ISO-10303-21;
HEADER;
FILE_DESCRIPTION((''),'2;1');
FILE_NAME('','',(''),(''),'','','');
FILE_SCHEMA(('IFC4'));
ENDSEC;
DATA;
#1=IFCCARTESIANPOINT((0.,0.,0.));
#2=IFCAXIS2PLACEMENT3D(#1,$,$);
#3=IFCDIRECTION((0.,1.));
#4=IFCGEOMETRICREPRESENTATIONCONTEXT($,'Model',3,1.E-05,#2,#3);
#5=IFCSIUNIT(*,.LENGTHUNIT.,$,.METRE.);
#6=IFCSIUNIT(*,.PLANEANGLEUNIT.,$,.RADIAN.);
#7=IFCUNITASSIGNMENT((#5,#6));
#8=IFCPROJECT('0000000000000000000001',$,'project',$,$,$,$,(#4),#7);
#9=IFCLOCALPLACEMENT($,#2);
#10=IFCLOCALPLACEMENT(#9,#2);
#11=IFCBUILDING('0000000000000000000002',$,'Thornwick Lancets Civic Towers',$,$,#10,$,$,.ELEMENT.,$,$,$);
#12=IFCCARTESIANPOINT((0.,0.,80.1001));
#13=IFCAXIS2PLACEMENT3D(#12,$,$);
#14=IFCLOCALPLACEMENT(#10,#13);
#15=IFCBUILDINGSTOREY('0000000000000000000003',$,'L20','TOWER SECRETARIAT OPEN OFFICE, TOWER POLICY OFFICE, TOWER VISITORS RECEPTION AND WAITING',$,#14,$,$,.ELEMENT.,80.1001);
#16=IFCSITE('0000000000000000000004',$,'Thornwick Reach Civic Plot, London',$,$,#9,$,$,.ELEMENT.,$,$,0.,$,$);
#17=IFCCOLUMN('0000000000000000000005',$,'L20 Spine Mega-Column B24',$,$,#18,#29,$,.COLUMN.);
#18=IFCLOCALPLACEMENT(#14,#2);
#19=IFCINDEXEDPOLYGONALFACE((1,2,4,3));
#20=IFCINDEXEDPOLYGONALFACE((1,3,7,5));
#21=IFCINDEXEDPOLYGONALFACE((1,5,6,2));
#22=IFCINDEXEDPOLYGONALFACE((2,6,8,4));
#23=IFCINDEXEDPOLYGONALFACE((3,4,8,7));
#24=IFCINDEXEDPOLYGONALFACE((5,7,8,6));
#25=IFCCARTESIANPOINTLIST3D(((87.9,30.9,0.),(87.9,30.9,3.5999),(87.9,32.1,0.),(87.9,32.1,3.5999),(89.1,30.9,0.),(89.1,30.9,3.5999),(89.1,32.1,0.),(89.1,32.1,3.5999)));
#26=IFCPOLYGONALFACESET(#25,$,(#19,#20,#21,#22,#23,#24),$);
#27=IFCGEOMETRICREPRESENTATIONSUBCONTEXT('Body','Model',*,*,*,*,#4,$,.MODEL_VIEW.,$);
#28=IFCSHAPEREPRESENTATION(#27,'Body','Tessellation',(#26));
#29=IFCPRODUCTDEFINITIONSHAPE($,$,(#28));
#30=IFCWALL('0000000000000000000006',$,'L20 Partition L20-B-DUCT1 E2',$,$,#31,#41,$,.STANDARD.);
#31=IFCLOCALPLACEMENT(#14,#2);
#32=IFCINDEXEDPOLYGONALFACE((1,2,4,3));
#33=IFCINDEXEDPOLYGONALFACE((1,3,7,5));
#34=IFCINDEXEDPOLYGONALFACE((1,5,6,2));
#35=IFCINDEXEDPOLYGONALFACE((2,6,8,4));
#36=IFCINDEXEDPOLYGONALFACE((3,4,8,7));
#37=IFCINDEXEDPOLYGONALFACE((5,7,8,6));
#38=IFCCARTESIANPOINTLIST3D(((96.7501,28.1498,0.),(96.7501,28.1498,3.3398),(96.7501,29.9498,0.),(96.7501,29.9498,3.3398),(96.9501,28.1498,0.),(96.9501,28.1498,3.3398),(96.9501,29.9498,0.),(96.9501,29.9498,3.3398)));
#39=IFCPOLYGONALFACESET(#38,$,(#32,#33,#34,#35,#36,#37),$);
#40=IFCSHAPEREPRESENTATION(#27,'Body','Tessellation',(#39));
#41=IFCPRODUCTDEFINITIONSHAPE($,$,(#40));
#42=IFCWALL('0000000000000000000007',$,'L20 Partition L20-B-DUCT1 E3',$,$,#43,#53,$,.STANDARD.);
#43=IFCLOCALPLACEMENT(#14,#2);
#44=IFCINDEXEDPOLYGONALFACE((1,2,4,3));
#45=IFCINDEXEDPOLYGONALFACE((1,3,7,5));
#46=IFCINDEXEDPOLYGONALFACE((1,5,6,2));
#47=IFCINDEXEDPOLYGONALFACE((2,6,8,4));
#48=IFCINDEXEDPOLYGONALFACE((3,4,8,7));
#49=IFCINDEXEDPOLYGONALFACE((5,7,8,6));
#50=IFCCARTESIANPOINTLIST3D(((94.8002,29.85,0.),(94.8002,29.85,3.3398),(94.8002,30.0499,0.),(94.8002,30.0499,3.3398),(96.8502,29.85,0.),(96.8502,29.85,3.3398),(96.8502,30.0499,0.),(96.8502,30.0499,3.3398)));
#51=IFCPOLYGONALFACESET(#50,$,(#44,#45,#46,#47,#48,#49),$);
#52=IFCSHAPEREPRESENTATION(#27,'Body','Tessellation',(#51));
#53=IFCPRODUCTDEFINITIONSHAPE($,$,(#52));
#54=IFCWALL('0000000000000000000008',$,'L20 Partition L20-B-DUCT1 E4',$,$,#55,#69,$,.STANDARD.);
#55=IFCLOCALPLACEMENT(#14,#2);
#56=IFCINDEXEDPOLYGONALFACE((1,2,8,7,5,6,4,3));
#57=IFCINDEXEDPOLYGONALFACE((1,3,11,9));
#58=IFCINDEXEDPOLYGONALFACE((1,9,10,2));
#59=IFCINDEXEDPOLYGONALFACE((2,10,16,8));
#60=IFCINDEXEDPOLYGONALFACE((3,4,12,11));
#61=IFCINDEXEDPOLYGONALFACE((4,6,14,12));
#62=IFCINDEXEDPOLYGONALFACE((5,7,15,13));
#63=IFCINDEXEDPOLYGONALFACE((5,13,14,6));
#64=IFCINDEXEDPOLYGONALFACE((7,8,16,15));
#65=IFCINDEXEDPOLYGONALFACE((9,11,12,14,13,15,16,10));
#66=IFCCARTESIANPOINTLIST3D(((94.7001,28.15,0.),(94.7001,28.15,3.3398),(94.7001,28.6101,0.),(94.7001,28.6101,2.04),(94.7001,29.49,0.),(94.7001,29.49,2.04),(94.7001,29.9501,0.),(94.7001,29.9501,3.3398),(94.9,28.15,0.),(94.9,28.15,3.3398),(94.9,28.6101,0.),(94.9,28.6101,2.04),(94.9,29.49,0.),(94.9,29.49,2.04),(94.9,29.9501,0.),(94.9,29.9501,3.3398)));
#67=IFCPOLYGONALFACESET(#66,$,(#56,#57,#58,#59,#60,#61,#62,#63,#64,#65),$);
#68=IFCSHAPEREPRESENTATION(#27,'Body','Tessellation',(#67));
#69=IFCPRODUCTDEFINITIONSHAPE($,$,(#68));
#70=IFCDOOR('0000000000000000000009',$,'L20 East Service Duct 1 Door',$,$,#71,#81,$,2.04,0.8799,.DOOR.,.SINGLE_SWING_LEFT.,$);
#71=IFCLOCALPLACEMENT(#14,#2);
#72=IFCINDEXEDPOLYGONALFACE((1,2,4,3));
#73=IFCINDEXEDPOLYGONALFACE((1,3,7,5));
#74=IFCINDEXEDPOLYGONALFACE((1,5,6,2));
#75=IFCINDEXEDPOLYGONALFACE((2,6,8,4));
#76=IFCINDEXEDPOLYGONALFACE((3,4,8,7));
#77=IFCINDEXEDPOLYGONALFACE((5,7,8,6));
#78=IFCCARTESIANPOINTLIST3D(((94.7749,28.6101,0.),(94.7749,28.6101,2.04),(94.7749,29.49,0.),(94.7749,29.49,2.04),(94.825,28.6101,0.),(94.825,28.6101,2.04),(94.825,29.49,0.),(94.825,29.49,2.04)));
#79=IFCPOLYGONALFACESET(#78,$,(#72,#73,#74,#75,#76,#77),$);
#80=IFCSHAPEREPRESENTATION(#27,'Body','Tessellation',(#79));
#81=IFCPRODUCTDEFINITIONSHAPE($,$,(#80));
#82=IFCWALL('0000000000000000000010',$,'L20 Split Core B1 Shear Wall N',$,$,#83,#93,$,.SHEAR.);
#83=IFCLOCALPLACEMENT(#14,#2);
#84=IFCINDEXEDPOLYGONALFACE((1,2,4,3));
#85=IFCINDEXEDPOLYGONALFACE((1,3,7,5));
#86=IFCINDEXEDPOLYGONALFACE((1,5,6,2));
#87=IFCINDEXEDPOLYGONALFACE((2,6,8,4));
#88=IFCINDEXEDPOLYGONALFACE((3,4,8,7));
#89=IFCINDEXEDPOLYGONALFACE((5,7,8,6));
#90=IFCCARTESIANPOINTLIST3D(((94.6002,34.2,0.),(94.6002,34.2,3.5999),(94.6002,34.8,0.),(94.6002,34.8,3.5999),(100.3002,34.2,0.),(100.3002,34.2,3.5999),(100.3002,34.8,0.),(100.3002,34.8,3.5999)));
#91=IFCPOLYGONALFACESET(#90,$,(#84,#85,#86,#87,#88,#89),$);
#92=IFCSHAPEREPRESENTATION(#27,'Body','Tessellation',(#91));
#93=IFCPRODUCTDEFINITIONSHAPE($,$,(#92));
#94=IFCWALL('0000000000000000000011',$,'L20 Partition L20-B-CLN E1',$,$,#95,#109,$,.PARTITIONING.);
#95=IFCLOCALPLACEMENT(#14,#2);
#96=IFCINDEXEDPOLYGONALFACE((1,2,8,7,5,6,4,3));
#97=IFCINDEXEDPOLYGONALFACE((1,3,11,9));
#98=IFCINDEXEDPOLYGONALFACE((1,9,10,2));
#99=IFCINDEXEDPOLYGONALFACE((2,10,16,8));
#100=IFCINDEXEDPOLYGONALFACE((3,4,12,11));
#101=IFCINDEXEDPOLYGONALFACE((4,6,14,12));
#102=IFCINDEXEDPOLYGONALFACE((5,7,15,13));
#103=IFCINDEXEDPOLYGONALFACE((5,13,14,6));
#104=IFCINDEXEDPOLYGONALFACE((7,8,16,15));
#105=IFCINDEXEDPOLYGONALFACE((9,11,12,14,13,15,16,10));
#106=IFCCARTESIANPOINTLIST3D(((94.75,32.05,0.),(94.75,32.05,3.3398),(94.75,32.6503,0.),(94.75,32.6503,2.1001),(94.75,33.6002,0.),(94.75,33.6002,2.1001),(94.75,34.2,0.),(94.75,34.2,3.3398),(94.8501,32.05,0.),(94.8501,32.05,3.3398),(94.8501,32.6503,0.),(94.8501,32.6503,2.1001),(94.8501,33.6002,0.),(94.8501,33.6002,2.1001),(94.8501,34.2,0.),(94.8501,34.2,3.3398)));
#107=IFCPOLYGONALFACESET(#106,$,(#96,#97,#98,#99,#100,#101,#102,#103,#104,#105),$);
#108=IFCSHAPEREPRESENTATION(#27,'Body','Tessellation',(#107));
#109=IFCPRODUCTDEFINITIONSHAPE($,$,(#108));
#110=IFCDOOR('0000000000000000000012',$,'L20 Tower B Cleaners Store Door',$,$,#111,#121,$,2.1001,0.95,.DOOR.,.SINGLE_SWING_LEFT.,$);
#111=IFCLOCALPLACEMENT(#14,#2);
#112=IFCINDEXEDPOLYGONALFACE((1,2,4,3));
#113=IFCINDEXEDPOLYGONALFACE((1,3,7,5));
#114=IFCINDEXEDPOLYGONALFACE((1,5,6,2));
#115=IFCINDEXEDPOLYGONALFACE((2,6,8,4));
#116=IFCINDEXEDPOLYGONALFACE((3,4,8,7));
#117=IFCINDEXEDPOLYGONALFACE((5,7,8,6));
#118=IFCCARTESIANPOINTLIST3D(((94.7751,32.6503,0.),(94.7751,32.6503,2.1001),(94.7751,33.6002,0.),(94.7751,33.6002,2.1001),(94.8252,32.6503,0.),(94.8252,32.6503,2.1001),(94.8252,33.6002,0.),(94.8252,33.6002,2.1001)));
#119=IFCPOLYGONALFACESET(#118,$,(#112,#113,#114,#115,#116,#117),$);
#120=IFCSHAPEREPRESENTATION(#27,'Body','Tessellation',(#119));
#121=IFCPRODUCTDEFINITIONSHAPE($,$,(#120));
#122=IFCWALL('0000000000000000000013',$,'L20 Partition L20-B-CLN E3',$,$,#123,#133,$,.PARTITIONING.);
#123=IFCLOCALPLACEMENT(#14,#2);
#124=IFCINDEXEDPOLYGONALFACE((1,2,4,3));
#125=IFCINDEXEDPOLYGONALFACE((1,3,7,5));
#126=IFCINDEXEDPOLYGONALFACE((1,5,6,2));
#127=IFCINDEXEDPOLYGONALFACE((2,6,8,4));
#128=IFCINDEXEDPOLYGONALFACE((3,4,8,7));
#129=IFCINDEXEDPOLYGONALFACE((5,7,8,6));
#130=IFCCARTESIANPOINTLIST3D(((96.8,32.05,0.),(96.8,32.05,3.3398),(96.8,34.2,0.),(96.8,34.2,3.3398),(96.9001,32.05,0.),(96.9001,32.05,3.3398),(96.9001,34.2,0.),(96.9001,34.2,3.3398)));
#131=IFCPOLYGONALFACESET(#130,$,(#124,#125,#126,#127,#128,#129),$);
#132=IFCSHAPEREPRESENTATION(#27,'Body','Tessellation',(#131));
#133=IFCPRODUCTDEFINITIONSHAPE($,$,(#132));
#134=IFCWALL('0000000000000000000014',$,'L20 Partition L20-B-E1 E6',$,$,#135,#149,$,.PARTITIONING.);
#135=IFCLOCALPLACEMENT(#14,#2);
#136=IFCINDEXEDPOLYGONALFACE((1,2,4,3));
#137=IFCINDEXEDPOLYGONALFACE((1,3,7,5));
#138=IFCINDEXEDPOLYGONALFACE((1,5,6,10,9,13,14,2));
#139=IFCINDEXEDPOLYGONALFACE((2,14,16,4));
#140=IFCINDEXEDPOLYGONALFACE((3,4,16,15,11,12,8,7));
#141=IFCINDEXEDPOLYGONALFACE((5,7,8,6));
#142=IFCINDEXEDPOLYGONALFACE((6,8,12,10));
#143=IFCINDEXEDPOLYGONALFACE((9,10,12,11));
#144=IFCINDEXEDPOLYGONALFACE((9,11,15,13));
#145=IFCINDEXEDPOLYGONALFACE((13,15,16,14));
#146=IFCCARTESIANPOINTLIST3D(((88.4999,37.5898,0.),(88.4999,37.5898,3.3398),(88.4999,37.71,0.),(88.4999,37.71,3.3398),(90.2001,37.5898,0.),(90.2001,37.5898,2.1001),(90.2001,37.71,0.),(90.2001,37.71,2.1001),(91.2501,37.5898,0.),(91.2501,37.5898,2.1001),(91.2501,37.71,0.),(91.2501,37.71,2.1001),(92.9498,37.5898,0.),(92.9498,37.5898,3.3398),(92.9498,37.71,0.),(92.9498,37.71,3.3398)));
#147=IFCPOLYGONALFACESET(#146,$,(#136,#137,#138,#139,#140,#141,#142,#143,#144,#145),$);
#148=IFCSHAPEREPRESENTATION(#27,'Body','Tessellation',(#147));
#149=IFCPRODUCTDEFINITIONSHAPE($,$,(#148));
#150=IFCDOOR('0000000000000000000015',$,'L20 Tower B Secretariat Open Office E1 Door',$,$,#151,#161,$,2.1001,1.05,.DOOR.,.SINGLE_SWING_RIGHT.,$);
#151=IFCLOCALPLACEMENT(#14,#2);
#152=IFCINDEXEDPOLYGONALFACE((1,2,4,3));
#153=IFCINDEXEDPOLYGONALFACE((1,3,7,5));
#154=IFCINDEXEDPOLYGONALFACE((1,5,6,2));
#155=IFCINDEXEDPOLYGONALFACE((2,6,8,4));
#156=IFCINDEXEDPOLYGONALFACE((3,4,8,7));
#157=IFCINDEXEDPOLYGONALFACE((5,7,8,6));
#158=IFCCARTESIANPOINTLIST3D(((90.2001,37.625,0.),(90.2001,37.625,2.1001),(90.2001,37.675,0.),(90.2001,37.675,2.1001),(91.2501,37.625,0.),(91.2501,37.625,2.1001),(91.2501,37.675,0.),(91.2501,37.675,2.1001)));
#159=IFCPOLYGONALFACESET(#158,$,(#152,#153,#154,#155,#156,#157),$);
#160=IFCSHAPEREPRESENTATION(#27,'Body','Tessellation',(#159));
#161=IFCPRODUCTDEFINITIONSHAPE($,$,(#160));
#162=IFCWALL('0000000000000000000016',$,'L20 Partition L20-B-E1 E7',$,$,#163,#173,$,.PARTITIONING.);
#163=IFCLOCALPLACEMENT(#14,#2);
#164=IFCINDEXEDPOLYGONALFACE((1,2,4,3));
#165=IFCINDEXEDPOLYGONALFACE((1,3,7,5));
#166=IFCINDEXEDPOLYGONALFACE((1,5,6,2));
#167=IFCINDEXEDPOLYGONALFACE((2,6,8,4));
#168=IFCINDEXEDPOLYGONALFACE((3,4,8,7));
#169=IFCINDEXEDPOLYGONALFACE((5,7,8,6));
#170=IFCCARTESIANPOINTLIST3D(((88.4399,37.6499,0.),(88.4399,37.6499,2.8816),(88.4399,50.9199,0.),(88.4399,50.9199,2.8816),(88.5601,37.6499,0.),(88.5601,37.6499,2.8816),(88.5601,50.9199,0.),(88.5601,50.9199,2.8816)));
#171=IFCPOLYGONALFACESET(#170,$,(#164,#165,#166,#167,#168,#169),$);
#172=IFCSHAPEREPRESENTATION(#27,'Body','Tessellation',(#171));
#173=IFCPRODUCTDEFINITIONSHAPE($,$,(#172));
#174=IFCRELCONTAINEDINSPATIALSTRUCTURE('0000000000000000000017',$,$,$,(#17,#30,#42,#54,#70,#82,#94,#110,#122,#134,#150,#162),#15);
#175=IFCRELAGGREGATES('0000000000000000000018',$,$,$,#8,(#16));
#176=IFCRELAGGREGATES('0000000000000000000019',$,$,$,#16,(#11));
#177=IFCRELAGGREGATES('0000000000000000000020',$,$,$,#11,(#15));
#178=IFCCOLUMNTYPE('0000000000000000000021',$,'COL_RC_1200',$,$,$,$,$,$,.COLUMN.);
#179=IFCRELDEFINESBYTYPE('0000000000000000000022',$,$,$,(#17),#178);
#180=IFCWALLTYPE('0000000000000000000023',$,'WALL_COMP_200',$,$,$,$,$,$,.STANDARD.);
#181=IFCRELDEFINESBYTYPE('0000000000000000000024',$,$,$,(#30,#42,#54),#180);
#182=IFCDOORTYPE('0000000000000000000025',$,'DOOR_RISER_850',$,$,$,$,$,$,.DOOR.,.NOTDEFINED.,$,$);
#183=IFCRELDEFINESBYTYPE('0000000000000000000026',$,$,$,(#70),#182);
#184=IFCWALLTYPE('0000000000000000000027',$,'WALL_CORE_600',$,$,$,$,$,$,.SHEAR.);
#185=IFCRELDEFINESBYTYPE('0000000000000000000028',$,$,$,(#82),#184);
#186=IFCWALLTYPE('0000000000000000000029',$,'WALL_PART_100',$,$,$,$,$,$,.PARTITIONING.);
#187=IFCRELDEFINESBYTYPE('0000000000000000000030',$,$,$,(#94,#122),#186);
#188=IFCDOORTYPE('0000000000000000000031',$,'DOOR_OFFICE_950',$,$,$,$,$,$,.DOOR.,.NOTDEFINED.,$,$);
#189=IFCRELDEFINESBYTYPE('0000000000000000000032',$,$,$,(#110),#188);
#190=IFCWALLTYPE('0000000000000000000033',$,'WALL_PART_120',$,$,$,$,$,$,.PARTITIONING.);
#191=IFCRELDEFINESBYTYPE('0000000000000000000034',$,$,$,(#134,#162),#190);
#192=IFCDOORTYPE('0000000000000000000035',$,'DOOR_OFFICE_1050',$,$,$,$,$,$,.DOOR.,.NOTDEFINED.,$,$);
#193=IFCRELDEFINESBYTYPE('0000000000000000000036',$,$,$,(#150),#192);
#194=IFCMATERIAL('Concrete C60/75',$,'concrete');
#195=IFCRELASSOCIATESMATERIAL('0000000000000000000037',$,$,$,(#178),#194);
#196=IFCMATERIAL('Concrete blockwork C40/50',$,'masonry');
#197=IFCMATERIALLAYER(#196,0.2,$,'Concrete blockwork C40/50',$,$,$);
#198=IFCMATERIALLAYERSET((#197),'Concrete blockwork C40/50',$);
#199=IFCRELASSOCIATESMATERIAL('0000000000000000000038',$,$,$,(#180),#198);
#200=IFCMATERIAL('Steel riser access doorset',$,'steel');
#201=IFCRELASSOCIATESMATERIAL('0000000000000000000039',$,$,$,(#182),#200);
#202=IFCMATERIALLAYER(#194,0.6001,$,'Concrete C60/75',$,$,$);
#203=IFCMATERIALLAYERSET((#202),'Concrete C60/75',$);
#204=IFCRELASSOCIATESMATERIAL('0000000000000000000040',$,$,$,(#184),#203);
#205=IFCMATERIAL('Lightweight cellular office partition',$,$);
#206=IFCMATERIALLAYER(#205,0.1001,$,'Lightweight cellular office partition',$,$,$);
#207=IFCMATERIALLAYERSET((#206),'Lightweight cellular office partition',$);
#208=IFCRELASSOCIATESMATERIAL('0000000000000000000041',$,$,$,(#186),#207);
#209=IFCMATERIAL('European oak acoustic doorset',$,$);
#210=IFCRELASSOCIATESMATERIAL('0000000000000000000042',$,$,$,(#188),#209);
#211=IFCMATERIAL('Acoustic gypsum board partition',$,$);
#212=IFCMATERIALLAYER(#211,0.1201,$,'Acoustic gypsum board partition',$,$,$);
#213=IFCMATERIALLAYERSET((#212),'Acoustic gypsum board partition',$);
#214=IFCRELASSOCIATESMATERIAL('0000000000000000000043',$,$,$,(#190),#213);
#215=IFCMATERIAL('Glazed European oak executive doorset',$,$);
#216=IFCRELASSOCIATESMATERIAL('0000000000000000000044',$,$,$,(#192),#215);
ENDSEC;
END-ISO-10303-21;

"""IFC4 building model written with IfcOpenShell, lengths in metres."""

from ifc_helpers import new_model, si_unit, direction, frame, frame_2d, origin, origin_2d, place, context, subcontext, project, spatial, rectangle, extrude, material, layer, layer_set, material_profile, profile_set, type_object, element, fill, save


model = new_model("IFC4")

# Units and contexts
model_context = context("Model", 3, precision=1e-05, world=origin(), true_north=direction((0.0, 1.0)))
body_context = subcontext(model_context, "Body", "Model", "MODEL_VIEW")
ifc_project = project(units=[si_unit("LENGTHUNIT", "METRE"), si_unit("PLANEANGLEUNIT", "RADIAN")], contexts=[model_context])

# Site, building, storey
site_placement = place(None, origin())
site = spatial("IfcSite", under=ifc_project, at=site_placement, Name="Thornwick Reach Civic Plot, London", CompositionType="ELEMENT", RefElevation=0.0)
building_placement = place(site_placement, origin())
building = spatial("IfcBuilding", under=site, at=building_placement, Name="Thornwick Lancets Civic Towers", CompositionType="ELEMENT")
storey_placement = place(building_placement, frame((0.0, 0.0, 80.1001)))
storey = spatial("IfcBuildingStorey", under=building, at=storey_placement, Name="L20", Description="TOWER SECRETARIAT OPEN OFFICE, TOWER POLICY OFFICE, TOWER VISITORS RECEPTION AND WAITING", CompositionType="ELEMENT", Elevation=80.1001)

# Column
ifc_material_1 = material(Name="Concrete C60/75", Category="concrete")
ifc_material_profile = material_profile(ifc_material_1, rectangle(XDim=1.2, YDim=1.2, at=origin_2d()), Name="RC 1200x1200")
ifc_profile_set = profile_set([ifc_material_profile], Name="Concrete C60/75")
column_type = type_object("IfcColumnType", Name="COL_RC_1200", PredefinedType="COLUMN", material=ifc_profile_set)
column_placement = place(storey_placement, frame((88.5, 31.5, 0.0), z_axis=(0.0, 0.0, 1.0), x_axis=(1.0, 0.0, 0.0)))
element("IfcColumn", 1, at=column_placement, inside=storey, type_object=column_type, Name="L20 Spine Mega-Column B24", PredefinedType="COLUMN", context=body_context, shape_type="SweptSolid", body=[
    extrude(rectangle(XDim=1.2, YDim=1.2, at=origin_2d()), origin(), (0.0, 0.0, 1.0), 3.5999),
])

# Walls
ifc_material_2 = material(Name="Concrete blockwork C40/50", Category="masonry")
ifc_layer_1 = layer(ifc_material_2, 0.2, Name="Concrete blockwork C40/50")
ifc_layer_set_1 = layer_set([ifc_layer_1], Name="Concrete blockwork C40/50")
wall_type_1 = type_object("IfcWallType", Name="WALL_COMP_200", PredefinedType="STANDARD", material=ifc_layer_set_1)
wall_1_placement = place(storey_placement, frame((96.8501, 28.1499, 0.0), z_axis=(0.0, 0.0, 1.0), x_axis=(0.0, 1.0, 0.0)))
element("IfcWall", 2, at=wall_1_placement, inside=storey, type_object=wall_type_1, Name="L20 Partition L20-B-DUCT1 E2", PredefinedType="STANDARD", context=body_context, shape_type="SweptSolid", body=[
    extrude(rectangle(XDim=1.8, YDim=0.2, at=frame_2d((0.8999, 0.0))), origin(), (0.0, 0.0, 1.0), 3.3398),
])
wall_2_placement = place(storey_placement, frame((96.8501, 29.95, 0.0), z_axis=(0.0, 0.0, 1.0), x_axis=(-1.0, 0.0, 0.0)))
element("IfcWall", 3, at=wall_2_placement, inside=storey, type_object=wall_type_1, Name="L20 Partition L20-B-DUCT1 E3", PredefinedType="STANDARD", context=body_context, shape_type="SweptSolid", body=[
    extrude(rectangle(XDim=2.05, YDim=0.2, at=frame_2d((1.0249, 0.0))), origin(), (0.0, 0.0, 1.0), 3.3398),
])

# Wall, opening, door
wall_3_placement = place(storey_placement, frame((94.8, 29.95, 0.0), z_axis=(0.0, 0.0, 1.0), x_axis=(0.0, -1.0, 0.0)))
wall_3 = element("IfcWall", 4, at=wall_3_placement, inside=storey, type_object=wall_type_1, Name="L20 Partition L20-B-DUCT1 E4", PredefinedType="STANDARD", context=body_context, shape_type="SweptSolid", body=[
    extrude(rectangle(XDim=1.8, YDim=0.2, at=frame_2d((0.8999, 0.0))), origin(), (0.0, 0.0, 1.0), 3.3398),
])
opening_1_placement = place(wall_3_placement, frame((0.46, 0.0, 0.0)))
opening_1 = element("IfcOpeningElement", 5, at=opening_1_placement, cuts=wall_3, PredefinedType="OPENING", context=body_context, shape_type="SweptSolid", body=[
    extrude(rectangle(XDim=0.8799, YDim=2.04, at=frame_2d((0.4399, 1.02))), frame((0.0, 0.1099, 0.0), z_axis=(0.0, -1.0, 0.0), x_axis=(1.0, 0.0, 0.0)), (0.0, 0.0, 1.0), 0.22),
])
ifc_material_3 = material(Name="Steel riser access doorset", Category="steel")
door_type_1 = type_object("IfcDoorType", Name="DOOR_RISER_850", OperationType="NOTDEFINED", PredefinedType="DOOR", material=ifc_material_3)
door_1_placement = place(opening_1_placement, origin())
door_1 = element("IfcDoor", 6, at=door_1_placement, inside=storey, type_object=door_type_1, Name="L20 East Service Duct 1 Door", OperationType="SINGLE_SWING_LEFT", OverallHeight=2.04, OverallWidth=0.8799, PredefinedType="DOOR", context=body_context, shape_type="SweptSolid", body=[
    extrude(rectangle(XDim=0.8799, YDim=2.04, at=frame_2d((0.4399, 1.02))), frame((0.0, 0.0249, 0.0), z_axis=(0.0, -1.0, 0.0), x_axis=(1.0, 0.0, 0.0)), (0.0, 0.0, 1.0), 0.05),
])
fill(opening_1, door_1)

# Wall
ifc_layer_2 = layer(ifc_material_1, 0.6001, Name="Concrete C60/75")
ifc_layer_set_2 = layer_set([ifc_layer_2], Name="Concrete C60/75")
wall_type_2 = type_object("IfcWallType", Name="WALL_CORE_600", PredefinedType="SHEAR", material=ifc_layer_set_2)
wall_4_placement = place(storey_placement, frame((94.6001, 34.5, 0.0), z_axis=(0.0, 0.0, 1.0), x_axis=(1.0, 0.0, 0.0)))
element("IfcWall", 7, at=wall_4_placement, inside=storey, type_object=wall_type_2, Name="L20 Split Core B1 Shear Wall N", PredefinedType="SHEAR", context=body_context, shape_type="SweptSolid", body=[
    extrude(rectangle(XDim=5.7, YDim=0.6001, at=frame_2d((2.8501, 0.0))), origin(), (0.0, 0.0, 1.0), 3.5999),
])

# Wall, opening, door
ifc_material_4 = material(Name="Lightweight cellular office partition")
ifc_layer_3 = layer(ifc_material_4, 0.1001, Name="Lightweight cellular office partition")
ifc_layer_set_3 = layer_set([ifc_layer_3], Name="Lightweight cellular office partition")
wall_type_3 = type_object("IfcWallType", Name="WALL_PART_100", PredefinedType="PARTITIONING", material=ifc_layer_set_3)
wall_5_placement = place(storey_placement, frame((94.8, 32.05, 0.0), z_axis=(0.0, 0.0, 1.0), x_axis=(0.0, 1.0, 0.0)))
wall_5 = element("IfcWall", 8, at=wall_5_placement, inside=storey, type_object=wall_type_3, Name="L20 Partition L20-B-CLN E1", PredefinedType="PARTITIONING", context=body_context, shape_type="SweptSolid", body=[
    extrude(rectangle(XDim=2.1499, YDim=0.1001, at=frame_2d((1.075, 0.0))), origin(), (0.0, 0.0, 1.0), 3.3398),
])
opening_2_placement = place(wall_5_placement, frame((0.6001, 0.0, 0.0)))
opening_2 = element("IfcOpeningElement", 9, at=opening_2_placement, cuts=wall_5, PredefinedType="OPENING", context=body_context, shape_type="SweptSolid", body=[
    extrude(rectangle(XDim=0.95, YDim=2.1001, at=frame_2d((0.4751, 1.05))), frame((0.0, 0.0601, 0.0), z_axis=(0.0, -1.0, 0.0), x_axis=(1.0, 0.0, 0.0)), (0.0, 0.0, 1.0), 0.1201),
])
ifc_material_5 = material(Name="European oak acoustic doorset")
door_type_2 = type_object("IfcDoorType", Name="DOOR_OFFICE_950", OperationType="NOTDEFINED", PredefinedType="DOOR", material=ifc_material_5)
door_2_placement = place(opening_2_placement, origin())
door_2 = element("IfcDoor", 10, at=door_2_placement, inside=storey, type_object=door_type_2, Name="L20 Tower B Cleaners Store Door", OperationType="SINGLE_SWING_LEFT", OverallHeight=2.1001, OverallWidth=0.95, PredefinedType="DOOR", context=body_context, shape_type="SweptSolid", body=[
    extrude(rectangle(XDim=0.95, YDim=2.1001, at=frame_2d((0.4751, 1.05))), frame((0.0, 0.0249, 0.0), z_axis=(0.0, -1.0, 0.0), x_axis=(1.0, 0.0, 0.0)), (0.0, 0.0, 1.0), 0.05),
])
fill(opening_2, door_2)

# Wall
wall_6_placement = place(storey_placement, frame((96.8501, 34.2, 0.0), z_axis=(0.0, 0.0, 1.0), x_axis=(0.0, -1.0, 0.0)))
element("IfcWall", 11, at=wall_6_placement, inside=storey, type_object=wall_type_3, Name="L20 Partition L20-B-CLN E3", PredefinedType="PARTITIONING", context=body_context, shape_type="SweptSolid", body=[
    extrude(rectangle(XDim=2.1499, YDim=0.1001, at=frame_2d((1.075, 0.0))), origin(), (0.0, 0.0, 1.0), 3.3398),
])

# Wall, opening, door
ifc_material_6 = material(Name="Acoustic gypsum board partition")
ifc_layer_4 = layer(ifc_material_6, 0.1201, Name="Acoustic gypsum board partition")
ifc_layer_set_4 = layer_set([ifc_layer_4], Name="Acoustic gypsum board partition")
wall_type_4 = type_object("IfcWallType", Name="WALL_PART_120", PredefinedType="PARTITIONING", material=ifc_layer_set_4)
wall_7_placement = place(storey_placement, frame((92.95, 37.6499, 0.0), z_axis=(0.0, 0.0, 1.0), x_axis=(-1.0, 0.0, 0.0)))
wall_7 = element("IfcWall", 12, at=wall_7_placement, inside=storey, type_object=wall_type_4, Name="L20 Partition L20-B-E1 E6", PredefinedType="PARTITIONING", context=body_context, shape_type="SweptSolid", body=[
    extrude(rectangle(XDim=4.45, YDim=0.1201, at=frame_2d((2.2251, 0.0))), origin(), (0.0, 0.0, 1.0), 3.3398),
])
opening_3_placement = place(wall_7_placement, frame((1.7, 0.0, 0.0)))
opening_3 = element("IfcOpeningElement", 13, at=opening_3_placement, cuts=wall_7, PredefinedType="OPENING", context=body_context, shape_type="SweptSolid", body=[
    extrude(rectangle(XDim=1.05, YDim=2.1001, at=frame_2d((0.5249, 1.05))), frame((0.0, 0.0701, 0.0), z_axis=(0.0, -1.0, 0.0), x_axis=(1.0, 0.0, 0.0)), (0.0, 0.0, 1.0), 0.1401),
])
ifc_material_7 = material(Name="Glazed European oak executive doorset")
door_type_3 = type_object("IfcDoorType", Name="DOOR_OFFICE_1050", OperationType="NOTDEFINED", PredefinedType="DOOR", material=ifc_material_7)
door_3_placement = place(opening_3_placement, origin())
door_3 = element("IfcDoor", 14, at=door_3_placement, inside=storey, type_object=door_type_3, Name="L20 Tower B Secretariat Open Office E1 Door", OperationType="SINGLE_SWING_RIGHT", OverallHeight=2.1001, OverallWidth=1.05, PredefinedType="DOOR", context=body_context, shape_type="SweptSolid", body=[
    extrude(rectangle(XDim=1.05, YDim=2.1001, at=frame_2d((0.5249, 1.05))), frame((0.0, 0.0249, 0.0), z_axis=(0.0, -1.0, 0.0), x_axis=(1.0, 0.0, 0.0)), (0.0, 0.0, 1.0), 0.05),
])
fill(opening_3, door_3)

# Wall
wall_8_placement = place(storey_placement, frame((88.5, 37.6499, 0.0), z_axis=(0.0, 0.0, 1.0), x_axis=(0.0, 1.0, 0.0)))
element("IfcWall", 15, at=wall_8_placement, inside=storey, type_object=wall_type_4, Name="L20 Partition L20-B-E1 E7", PredefinedType="PARTITIONING", context=body_context, shape_type="SweptSolid", body=[
    extrude(rectangle(XDim=13.27, YDim=0.1201, at=frame_2d((6.635, 0.0))), origin(), (0.0, 0.0, 1.0), 2.8816),
])

save(model, "model.ifc")
